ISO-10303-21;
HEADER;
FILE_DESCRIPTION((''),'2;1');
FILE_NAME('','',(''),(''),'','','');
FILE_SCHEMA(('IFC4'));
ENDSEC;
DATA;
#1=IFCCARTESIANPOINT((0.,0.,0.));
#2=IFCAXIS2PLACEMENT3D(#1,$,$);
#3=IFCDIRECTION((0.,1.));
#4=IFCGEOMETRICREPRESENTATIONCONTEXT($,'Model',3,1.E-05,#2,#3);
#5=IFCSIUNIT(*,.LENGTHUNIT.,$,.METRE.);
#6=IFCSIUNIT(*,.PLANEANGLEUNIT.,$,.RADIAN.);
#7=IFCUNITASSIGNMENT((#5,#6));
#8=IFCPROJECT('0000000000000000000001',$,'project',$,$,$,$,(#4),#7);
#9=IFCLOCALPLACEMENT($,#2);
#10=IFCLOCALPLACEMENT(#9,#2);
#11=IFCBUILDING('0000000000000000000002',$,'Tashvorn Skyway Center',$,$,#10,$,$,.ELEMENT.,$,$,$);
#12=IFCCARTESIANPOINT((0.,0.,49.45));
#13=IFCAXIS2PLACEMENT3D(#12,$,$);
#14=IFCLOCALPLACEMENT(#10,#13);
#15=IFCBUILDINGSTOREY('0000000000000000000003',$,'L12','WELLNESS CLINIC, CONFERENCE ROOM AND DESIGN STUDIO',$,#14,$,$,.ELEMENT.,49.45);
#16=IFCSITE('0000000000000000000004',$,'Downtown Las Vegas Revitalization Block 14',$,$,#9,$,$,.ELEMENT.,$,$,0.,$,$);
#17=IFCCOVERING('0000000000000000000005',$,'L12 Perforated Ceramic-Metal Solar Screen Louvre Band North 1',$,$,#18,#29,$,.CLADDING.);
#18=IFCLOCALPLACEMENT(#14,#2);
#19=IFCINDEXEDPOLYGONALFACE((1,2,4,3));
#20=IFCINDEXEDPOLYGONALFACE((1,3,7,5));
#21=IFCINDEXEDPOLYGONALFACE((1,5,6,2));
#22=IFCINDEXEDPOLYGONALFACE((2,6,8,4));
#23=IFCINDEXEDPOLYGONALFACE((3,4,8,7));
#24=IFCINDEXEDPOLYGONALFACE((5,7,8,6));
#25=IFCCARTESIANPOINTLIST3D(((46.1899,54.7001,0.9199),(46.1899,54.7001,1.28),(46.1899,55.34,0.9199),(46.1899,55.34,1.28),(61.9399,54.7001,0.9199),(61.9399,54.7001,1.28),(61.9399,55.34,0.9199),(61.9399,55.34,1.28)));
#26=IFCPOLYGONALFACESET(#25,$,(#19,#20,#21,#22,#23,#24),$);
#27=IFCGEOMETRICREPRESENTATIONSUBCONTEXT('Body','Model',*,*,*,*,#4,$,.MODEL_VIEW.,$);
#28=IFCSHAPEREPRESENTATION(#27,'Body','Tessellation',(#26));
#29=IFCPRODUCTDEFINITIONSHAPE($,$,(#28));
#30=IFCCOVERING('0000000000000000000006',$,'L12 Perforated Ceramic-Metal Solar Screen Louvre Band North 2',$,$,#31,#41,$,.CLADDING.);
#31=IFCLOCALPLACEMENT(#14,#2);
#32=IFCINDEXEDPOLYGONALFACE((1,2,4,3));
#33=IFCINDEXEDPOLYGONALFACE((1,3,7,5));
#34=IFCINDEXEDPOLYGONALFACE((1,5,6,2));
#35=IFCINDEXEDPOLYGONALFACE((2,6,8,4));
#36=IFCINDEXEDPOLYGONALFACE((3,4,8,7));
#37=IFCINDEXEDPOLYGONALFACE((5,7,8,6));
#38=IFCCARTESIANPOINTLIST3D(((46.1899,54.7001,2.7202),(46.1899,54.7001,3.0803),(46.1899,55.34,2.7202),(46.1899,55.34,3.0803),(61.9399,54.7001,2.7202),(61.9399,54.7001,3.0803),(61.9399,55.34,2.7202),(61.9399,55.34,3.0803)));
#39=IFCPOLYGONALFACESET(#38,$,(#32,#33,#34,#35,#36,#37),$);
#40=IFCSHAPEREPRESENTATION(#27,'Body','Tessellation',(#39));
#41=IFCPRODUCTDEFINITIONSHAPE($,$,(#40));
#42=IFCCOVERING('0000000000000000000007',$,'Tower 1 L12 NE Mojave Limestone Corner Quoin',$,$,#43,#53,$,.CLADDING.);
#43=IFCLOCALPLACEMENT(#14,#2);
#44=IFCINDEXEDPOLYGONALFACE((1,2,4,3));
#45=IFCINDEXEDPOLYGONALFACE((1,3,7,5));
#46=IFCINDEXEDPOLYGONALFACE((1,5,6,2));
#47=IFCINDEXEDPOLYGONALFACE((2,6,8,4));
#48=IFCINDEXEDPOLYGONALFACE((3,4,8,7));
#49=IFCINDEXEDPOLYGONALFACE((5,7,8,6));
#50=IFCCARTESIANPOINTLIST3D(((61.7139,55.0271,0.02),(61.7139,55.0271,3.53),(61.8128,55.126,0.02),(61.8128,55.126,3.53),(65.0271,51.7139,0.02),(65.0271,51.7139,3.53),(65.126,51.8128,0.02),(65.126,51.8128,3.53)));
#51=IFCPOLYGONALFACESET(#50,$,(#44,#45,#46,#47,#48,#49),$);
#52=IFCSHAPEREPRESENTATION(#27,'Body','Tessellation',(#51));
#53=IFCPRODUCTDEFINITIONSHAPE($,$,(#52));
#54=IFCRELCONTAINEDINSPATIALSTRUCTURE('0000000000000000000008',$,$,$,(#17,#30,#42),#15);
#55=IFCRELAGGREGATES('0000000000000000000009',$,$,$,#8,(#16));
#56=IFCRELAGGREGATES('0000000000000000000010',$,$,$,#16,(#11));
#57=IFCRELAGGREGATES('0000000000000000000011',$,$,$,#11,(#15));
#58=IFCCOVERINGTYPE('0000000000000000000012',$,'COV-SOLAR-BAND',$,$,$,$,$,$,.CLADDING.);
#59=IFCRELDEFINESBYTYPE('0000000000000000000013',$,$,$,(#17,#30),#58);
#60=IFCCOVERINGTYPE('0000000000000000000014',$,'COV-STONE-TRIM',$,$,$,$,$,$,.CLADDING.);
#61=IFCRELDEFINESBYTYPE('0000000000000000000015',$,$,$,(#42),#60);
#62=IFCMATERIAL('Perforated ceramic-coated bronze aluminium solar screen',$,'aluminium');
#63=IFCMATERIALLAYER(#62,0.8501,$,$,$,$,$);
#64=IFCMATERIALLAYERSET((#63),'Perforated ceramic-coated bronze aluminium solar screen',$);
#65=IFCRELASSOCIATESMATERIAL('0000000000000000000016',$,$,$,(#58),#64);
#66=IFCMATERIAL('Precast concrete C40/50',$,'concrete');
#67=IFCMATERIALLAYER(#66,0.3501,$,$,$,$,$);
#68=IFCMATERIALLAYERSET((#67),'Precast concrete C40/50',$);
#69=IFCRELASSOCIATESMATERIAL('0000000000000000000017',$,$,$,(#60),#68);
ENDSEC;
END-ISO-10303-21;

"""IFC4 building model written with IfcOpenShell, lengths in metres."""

from ifc_helpers import new_model, si_unit, direction, frame, origin, origin_2d, place, context, subcontext, project, spatial, rectangle, extrude, material, layer, layer_set, type_object, element, save


model = new_model("IFC4")

# Units and contexts
model_context = context("Model", 3, precision=1e-05, world=origin(), true_north=direction((0.0, 1.0)))
body_context = subcontext(model_context, "Body", "Model", "MODEL_VIEW")
ifc_project = project(units=[si_unit("LENGTHUNIT", "METRE"), si_unit("PLANEANGLEUNIT", "RADIAN")], contexts=[model_context])

# Site, building, storey
site_placement = place(None, origin())
site = spatial("IfcSite", under=ifc_project, at=site_placement, Name="Downtown Las Vegas Revitalization Block 14", CompositionType="ELEMENT", RefElevation=0.0)
building_placement = place(site_placement, origin())
building = spatial("IfcBuilding", under=site, at=building_placement, Name="Tashvorn Skyway Center", CompositionType="ELEMENT")
storey_placement = place(building_placement, frame((0.0, 0.0, 49.45)))
storey = spatial("IfcBuildingStorey", under=building, at=storey_placement, Name="L12", Description="WELLNESS CLINIC, CONFERENCE ROOM AND DESIGN STUDIO", CompositionType="ELEMENT", Elevation=49.45)

# Shared definitions
ifc_material_1 = material(Name="Precast concrete C40/50", Category="concrete")

# Coverings
ifc_material_2 = material(Name="Perforated ceramic-coated bronze aluminium solar screen", Category="aluminium")
ifc_layer_1 = layer(ifc_material_2, 0.8501)
ifc_layer_set_1 = layer_set([ifc_layer_1], Name="Perforated ceramic-coated bronze aluminium solar screen")
covering_type_1 = type_object("IfcCoveringType", Name="COV-SOLAR-BAND", PredefinedType="CLADDING", material=ifc_layer_set_1)
for number, where, z_axis, x_axis, name in (
    (1, (54.0649, 55.02, 0.9199), (0.0, 0.0, 1.0), (1.0, 0.0, 0.0), "L12 Perforated Ceramic-Metal Solar Screen Louvre Band North 1"),
    (2, (54.0649, 55.02, 2.7202), (0.0, 0.0, 1.0), (1.0, 0.0, 0.0), "L12 Perforated Ceramic-Metal Solar Screen Louvre Band North 2"),
):
    element("IfcCovering", number, at=place(storey_placement, frame(where, z_axis=z_axis, x_axis=x_axis)), inside=storey, type_object=covering_type_1, Name=name, PredefinedType="CLADDING", context=body_context, shape_type="SweptSolid", body=[
        extrude(rectangle(XDim=15.75, YDim=0.6399, at=origin_2d()), origin(), (0.0, 0.0, 1.0), 0.3601),
    ])
ifc_layer_2 = layer(ifc_material_1, 0.3501)
ifc_layer_set_2 = layer_set([ifc_layer_2], Name="Precast concrete C40/50")
covering_type_2 = type_object("IfcCoveringType", Name="COV-STONE-TRIM", PredefinedType="CLADDING", material=ifc_layer_set_2)
covering_1_placement = place(storey_placement, frame((63.4199, 53.4199, 0.02), z_axis=(0.0, 0.0, 1.0), x_axis=(0.707107, -0.707107, 0.0)))
element("IfcCovering", 3, at=covering_1_placement, inside=storey, type_object=covering_type_2, Name="Tower 1 L12 NE Mojave Limestone Corner Quoin", PredefinedType="CLADDING", context=body_context, shape_type="SweptSolid", body=[
    extrude(rectangle(XDim=4.6855, YDim=0.1399, at=origin_2d()), origin(), (0.0, 0.0, 1.0), 3.51),
])

save(model, "model.ifc")
